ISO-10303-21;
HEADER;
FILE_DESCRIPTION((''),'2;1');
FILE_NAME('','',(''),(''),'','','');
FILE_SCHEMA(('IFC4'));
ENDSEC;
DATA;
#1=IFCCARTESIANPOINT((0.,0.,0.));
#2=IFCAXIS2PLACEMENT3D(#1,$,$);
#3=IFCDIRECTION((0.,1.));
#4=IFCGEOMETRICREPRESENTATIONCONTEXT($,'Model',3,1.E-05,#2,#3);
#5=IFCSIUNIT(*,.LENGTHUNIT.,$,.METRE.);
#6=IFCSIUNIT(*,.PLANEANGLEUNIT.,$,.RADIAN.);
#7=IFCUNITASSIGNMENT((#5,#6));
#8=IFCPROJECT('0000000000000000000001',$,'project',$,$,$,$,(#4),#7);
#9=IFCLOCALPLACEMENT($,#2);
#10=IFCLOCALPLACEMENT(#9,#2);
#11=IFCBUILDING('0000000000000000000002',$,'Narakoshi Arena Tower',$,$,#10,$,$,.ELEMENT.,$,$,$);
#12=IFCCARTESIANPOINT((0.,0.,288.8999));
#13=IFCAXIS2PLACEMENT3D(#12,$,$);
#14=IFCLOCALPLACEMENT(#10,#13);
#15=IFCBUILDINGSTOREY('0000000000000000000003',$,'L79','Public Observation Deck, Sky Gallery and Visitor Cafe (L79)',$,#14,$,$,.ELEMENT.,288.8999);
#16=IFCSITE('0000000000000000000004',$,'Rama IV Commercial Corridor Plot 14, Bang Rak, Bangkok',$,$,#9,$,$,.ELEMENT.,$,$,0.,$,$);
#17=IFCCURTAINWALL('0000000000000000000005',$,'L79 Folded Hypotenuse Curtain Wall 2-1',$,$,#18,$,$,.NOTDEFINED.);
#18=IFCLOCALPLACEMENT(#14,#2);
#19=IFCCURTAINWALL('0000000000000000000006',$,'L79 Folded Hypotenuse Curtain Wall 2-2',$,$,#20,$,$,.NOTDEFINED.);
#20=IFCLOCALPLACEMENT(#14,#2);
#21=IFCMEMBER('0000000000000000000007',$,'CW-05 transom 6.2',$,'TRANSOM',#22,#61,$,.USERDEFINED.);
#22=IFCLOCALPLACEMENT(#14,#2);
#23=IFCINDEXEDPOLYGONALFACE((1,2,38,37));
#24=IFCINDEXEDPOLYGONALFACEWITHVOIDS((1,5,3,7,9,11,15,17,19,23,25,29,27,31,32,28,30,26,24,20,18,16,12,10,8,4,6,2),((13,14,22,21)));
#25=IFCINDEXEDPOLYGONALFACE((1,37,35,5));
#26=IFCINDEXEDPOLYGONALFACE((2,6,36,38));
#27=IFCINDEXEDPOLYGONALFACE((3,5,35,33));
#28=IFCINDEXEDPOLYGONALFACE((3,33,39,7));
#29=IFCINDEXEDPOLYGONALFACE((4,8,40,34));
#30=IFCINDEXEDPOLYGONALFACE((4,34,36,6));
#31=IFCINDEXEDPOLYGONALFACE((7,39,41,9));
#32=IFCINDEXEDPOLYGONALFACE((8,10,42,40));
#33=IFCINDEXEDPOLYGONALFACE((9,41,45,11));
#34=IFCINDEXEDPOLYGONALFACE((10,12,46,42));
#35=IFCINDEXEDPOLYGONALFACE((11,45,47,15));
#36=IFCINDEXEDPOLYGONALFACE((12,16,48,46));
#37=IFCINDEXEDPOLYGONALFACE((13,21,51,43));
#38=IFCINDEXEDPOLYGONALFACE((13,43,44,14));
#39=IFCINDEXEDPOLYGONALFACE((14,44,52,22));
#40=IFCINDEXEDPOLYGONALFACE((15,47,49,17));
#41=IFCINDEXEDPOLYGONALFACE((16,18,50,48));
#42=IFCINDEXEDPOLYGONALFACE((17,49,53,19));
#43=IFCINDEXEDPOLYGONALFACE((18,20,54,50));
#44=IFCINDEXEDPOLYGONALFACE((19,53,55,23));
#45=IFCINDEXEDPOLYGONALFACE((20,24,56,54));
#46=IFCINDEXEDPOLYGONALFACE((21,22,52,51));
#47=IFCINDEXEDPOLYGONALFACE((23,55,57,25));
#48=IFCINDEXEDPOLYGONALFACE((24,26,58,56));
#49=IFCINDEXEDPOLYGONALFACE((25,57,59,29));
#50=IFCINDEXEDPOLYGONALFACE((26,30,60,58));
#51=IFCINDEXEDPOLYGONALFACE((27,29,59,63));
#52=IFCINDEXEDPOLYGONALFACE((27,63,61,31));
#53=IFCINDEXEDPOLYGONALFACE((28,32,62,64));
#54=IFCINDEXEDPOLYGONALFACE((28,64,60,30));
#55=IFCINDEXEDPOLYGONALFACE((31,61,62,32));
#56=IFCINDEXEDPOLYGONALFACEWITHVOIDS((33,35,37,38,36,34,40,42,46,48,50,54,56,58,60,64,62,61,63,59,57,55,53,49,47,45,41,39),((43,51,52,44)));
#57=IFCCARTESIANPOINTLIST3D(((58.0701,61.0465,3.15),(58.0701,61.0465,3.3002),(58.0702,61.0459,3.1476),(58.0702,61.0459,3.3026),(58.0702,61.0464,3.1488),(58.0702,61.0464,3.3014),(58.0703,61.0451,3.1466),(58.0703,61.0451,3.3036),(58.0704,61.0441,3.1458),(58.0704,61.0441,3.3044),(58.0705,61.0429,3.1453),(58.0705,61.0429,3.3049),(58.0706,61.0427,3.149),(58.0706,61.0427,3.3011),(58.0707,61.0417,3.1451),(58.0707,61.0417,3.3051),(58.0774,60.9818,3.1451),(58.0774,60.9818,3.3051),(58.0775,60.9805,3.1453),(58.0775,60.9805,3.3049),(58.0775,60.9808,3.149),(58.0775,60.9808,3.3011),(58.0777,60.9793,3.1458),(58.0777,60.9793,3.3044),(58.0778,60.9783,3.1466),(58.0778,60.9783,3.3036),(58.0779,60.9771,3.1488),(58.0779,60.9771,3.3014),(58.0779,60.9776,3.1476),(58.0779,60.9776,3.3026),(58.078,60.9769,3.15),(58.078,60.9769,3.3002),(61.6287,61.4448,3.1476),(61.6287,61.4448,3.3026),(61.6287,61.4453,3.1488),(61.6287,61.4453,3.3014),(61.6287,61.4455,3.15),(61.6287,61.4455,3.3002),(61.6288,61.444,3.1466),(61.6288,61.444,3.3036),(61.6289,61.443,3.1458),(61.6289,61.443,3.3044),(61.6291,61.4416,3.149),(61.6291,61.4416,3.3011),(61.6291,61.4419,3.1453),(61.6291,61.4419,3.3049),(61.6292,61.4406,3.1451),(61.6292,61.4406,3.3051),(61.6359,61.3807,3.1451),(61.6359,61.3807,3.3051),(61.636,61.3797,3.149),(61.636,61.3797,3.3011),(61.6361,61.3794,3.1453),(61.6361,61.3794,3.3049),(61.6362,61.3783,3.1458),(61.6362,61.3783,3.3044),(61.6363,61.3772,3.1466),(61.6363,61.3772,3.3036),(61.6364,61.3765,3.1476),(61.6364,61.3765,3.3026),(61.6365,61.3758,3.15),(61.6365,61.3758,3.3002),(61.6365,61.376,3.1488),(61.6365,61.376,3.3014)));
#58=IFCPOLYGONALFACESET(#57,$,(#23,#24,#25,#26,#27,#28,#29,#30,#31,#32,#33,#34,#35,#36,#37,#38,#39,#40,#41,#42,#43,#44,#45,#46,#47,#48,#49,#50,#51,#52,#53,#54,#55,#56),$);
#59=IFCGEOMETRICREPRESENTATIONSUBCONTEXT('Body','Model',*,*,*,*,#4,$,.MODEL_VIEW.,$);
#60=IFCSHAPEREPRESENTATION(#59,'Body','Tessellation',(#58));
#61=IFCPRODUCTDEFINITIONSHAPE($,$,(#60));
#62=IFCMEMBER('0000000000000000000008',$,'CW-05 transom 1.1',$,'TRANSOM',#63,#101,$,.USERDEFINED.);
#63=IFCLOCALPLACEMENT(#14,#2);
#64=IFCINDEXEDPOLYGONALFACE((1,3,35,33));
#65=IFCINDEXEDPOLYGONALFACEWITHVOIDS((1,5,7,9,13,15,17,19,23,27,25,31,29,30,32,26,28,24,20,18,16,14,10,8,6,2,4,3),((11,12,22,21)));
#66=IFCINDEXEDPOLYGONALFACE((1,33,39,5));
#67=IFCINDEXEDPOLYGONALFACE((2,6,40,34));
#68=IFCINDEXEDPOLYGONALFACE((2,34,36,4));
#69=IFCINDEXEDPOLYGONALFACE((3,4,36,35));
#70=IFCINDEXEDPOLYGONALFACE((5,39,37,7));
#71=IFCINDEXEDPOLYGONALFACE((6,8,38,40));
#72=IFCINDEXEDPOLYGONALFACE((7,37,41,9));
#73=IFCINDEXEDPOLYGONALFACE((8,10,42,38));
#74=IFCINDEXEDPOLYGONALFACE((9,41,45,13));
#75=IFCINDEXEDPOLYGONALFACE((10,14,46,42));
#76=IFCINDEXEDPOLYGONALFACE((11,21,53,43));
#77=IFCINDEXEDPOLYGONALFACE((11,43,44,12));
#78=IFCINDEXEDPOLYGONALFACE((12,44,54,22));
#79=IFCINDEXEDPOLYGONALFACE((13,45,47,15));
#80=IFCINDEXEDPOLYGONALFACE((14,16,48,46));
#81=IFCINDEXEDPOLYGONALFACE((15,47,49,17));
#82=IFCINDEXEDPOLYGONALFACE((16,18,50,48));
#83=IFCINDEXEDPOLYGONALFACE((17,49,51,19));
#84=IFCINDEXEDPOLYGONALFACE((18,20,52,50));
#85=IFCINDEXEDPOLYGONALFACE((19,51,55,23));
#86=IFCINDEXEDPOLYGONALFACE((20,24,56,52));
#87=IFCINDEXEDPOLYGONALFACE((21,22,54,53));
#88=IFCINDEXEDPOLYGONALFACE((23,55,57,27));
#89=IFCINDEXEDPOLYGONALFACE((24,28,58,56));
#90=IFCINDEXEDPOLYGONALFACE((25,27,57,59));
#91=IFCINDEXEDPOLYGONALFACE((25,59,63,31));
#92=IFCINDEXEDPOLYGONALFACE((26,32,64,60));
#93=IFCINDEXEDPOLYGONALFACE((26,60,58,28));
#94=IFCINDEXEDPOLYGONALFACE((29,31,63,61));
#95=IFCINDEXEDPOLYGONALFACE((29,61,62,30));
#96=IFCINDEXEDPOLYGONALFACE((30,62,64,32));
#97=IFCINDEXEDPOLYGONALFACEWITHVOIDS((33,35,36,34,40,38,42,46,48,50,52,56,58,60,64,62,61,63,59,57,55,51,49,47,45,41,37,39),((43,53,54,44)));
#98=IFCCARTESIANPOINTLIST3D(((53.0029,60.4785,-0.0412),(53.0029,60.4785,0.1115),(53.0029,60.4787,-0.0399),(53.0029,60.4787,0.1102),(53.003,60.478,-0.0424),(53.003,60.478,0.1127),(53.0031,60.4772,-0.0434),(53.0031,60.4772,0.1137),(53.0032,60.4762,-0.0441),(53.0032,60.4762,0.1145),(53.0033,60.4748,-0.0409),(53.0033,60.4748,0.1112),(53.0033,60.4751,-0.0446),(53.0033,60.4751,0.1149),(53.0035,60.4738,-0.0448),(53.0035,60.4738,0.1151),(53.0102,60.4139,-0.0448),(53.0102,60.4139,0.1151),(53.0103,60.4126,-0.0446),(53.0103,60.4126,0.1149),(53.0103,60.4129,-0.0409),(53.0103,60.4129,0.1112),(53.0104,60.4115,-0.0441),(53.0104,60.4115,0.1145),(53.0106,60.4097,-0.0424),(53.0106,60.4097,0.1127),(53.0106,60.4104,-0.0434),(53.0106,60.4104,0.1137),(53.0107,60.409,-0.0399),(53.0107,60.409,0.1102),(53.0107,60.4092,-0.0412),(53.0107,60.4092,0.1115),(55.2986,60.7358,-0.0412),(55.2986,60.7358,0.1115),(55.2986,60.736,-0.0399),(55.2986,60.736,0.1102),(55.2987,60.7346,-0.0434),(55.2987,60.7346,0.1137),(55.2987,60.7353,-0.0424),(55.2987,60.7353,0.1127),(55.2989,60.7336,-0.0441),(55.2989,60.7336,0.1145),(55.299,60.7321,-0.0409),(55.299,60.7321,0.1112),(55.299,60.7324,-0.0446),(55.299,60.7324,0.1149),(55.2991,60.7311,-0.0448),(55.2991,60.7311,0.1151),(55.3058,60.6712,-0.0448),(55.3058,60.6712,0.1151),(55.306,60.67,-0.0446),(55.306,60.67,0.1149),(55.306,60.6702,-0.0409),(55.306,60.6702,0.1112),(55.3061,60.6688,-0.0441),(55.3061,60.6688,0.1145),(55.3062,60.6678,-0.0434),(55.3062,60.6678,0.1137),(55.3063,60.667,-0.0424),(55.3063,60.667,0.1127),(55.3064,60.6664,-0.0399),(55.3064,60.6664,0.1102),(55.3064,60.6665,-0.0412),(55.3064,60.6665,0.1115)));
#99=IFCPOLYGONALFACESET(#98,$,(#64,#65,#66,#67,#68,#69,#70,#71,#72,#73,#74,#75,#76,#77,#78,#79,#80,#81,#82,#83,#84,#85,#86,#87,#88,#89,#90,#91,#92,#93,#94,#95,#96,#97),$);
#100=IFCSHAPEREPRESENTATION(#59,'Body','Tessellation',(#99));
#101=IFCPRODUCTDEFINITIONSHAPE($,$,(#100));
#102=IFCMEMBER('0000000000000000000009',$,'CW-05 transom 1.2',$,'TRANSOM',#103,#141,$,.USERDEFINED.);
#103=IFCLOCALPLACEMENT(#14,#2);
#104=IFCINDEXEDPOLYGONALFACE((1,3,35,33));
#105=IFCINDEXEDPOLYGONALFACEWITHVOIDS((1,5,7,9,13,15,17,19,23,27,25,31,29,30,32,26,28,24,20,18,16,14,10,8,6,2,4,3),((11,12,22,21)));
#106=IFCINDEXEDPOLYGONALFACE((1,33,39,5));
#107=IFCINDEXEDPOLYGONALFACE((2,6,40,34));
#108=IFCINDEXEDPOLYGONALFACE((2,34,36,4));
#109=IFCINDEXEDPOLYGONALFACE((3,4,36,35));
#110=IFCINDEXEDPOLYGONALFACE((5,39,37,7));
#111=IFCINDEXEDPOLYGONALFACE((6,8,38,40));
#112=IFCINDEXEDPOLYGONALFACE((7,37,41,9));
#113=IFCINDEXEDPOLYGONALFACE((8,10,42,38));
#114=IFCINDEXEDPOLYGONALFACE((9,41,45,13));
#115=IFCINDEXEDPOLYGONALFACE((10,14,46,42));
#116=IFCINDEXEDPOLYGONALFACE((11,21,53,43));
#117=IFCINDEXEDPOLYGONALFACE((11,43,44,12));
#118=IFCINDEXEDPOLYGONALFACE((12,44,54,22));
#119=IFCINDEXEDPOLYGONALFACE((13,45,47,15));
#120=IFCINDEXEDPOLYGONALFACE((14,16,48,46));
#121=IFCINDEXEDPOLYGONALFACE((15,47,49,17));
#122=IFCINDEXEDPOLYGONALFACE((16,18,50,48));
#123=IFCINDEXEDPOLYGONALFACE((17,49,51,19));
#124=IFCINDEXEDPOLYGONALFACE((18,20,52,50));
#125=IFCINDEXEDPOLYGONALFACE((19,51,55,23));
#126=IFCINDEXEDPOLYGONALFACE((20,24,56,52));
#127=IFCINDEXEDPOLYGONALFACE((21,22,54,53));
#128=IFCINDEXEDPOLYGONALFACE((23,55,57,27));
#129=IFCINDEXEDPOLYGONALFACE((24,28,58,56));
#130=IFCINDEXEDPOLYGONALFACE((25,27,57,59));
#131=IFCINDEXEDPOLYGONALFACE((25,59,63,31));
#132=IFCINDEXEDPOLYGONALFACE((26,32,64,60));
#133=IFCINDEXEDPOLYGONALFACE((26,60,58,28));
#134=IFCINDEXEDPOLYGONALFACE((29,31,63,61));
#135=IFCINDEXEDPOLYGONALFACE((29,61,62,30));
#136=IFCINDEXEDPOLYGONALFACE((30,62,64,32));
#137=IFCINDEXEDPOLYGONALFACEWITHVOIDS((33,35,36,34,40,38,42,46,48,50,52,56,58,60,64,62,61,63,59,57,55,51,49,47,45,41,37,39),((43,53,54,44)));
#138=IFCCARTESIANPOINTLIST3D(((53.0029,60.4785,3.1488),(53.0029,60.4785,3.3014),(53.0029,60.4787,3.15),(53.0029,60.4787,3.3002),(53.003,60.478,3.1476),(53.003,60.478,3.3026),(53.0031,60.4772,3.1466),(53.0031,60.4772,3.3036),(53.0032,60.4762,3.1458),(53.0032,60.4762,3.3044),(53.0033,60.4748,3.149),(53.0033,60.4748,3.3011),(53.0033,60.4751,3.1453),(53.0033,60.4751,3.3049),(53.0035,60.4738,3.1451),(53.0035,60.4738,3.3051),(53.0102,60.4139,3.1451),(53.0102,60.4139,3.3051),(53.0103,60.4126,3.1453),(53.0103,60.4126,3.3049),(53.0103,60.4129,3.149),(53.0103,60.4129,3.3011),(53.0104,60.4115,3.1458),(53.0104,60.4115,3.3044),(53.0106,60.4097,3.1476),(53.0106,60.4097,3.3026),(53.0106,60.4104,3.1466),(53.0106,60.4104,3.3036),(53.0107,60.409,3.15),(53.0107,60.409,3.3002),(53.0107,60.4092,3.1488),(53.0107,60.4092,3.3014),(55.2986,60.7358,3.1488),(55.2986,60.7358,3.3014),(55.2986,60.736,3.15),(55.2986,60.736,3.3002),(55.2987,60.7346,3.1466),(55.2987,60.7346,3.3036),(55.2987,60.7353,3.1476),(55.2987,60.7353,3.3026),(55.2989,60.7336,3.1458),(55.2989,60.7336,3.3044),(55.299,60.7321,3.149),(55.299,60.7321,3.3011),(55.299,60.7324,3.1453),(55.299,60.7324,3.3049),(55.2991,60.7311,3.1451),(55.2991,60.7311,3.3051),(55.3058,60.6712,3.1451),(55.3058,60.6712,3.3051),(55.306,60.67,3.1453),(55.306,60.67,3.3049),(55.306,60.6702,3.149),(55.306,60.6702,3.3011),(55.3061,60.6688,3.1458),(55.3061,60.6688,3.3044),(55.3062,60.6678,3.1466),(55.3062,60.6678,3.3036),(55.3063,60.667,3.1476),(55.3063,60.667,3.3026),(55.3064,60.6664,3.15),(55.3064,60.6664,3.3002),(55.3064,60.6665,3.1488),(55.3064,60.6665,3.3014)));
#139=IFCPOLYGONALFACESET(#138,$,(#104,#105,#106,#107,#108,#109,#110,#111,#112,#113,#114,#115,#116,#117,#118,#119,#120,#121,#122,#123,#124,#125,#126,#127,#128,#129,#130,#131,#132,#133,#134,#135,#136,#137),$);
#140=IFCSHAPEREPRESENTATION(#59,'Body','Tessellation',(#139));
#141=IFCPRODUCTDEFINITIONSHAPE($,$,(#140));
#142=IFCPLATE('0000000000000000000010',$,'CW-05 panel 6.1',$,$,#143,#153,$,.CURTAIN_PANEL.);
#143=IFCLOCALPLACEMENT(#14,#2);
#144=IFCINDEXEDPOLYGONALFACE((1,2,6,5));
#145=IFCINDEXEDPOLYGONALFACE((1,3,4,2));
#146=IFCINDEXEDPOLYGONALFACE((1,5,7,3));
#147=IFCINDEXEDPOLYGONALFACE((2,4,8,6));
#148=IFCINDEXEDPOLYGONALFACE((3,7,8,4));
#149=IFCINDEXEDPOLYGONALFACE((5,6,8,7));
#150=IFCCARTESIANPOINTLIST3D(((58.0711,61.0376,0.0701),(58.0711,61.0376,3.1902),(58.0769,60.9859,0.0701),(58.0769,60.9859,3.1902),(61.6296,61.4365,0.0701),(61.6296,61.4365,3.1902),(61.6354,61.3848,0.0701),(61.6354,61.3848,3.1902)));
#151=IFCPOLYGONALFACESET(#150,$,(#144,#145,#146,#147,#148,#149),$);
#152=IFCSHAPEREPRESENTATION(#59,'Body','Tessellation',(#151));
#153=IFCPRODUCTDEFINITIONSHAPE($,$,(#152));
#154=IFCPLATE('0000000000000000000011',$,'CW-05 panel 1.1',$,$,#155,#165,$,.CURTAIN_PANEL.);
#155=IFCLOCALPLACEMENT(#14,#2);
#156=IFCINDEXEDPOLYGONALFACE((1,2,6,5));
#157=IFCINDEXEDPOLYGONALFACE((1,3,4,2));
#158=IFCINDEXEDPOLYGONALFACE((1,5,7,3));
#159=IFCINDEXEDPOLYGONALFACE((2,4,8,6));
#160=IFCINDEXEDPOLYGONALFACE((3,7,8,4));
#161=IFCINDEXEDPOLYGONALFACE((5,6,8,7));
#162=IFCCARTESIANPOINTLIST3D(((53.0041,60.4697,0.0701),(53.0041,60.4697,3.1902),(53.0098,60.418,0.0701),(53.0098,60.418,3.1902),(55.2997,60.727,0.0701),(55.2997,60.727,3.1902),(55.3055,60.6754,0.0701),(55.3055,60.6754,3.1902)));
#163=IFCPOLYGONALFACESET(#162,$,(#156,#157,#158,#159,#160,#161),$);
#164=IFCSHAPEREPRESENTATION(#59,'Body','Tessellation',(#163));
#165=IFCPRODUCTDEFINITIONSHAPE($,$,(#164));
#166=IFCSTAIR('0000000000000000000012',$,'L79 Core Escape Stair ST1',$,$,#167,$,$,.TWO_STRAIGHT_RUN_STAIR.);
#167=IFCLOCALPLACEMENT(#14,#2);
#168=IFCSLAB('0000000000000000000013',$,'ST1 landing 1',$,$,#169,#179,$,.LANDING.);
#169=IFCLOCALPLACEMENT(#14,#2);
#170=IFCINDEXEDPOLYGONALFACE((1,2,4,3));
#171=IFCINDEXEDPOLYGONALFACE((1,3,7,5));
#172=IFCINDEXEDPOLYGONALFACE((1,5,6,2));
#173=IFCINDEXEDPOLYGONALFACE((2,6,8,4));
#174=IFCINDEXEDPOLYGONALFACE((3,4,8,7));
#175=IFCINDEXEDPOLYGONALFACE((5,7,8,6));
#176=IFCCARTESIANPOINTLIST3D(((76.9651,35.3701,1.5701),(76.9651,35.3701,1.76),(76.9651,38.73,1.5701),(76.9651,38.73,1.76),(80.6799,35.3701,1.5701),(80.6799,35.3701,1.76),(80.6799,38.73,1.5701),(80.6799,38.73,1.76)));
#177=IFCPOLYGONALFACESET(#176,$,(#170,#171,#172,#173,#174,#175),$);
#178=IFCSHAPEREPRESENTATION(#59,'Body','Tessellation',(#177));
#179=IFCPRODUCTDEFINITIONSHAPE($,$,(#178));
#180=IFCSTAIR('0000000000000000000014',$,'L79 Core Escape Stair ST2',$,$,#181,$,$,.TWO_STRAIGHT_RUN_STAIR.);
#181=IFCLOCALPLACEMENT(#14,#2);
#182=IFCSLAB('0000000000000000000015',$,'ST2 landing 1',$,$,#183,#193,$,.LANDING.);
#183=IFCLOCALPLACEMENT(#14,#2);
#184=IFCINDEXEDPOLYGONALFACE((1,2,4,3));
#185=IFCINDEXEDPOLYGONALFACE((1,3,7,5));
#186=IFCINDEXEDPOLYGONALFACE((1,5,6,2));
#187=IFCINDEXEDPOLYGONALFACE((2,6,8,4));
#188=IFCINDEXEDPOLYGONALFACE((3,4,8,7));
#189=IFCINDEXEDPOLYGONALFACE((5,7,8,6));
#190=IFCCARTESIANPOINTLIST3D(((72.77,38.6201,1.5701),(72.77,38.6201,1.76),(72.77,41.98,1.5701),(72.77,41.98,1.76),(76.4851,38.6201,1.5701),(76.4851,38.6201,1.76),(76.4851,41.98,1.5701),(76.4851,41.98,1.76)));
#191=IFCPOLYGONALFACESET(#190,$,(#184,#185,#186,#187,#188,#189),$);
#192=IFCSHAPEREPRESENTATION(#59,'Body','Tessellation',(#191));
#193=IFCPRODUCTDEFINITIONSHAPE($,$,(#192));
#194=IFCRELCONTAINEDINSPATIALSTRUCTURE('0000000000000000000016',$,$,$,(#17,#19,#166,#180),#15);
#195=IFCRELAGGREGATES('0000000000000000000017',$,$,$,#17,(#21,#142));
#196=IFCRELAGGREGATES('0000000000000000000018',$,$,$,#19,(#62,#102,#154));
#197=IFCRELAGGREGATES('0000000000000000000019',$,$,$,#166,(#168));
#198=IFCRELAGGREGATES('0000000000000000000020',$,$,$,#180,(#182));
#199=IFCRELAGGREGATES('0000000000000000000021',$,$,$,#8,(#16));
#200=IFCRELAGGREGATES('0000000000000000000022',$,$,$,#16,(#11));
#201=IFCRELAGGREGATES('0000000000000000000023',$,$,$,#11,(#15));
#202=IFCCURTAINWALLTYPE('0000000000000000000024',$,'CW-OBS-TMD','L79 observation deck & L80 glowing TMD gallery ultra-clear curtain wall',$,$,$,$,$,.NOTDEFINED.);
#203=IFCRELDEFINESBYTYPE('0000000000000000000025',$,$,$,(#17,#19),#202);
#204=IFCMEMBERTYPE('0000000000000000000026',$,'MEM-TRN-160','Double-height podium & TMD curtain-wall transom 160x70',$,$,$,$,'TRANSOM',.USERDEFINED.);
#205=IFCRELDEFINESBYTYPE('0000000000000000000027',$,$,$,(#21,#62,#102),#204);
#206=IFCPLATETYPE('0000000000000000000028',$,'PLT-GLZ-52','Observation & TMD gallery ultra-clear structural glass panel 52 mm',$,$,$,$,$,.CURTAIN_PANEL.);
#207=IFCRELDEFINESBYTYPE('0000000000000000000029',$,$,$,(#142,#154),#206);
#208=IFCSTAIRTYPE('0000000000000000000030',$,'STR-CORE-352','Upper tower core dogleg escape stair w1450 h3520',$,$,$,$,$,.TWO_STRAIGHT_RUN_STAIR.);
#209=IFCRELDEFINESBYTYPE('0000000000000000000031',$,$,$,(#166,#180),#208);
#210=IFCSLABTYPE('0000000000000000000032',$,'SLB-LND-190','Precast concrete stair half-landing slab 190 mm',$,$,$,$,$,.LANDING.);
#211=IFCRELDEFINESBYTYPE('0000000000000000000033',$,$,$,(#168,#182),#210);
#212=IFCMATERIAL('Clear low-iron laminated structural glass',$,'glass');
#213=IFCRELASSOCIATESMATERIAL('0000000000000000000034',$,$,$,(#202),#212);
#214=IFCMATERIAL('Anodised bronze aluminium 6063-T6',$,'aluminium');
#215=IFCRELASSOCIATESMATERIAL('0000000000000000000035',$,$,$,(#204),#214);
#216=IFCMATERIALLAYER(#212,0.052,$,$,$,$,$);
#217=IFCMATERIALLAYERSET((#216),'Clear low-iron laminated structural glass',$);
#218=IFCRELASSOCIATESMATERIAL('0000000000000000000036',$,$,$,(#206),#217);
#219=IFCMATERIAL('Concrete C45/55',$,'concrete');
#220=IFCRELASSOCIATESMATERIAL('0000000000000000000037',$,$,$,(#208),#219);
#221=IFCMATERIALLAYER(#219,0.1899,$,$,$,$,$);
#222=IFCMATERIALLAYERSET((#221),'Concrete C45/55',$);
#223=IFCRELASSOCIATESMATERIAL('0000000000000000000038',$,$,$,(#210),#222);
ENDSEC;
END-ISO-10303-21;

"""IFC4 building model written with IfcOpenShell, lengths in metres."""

from ifc_helpers import new_model, si_unit, direction, frame, origin, origin_2d, place, context, subcontext, project, spatial, polyline, rectangle, hollow_rectangle, outline, extrude, material, layer, layer_set, material_profile, profile_set, type_object, element, aggregate, save


model = new_model("IFC4")

# Units and contexts
model_context = context("Model", 3, precision=1e-05, world=origin(), true_north=direction((0.0, 1.0)))
body_context = subcontext(model_context, "Body", "Model", "MODEL_VIEW")
ifc_project = project(units=[si_unit("LENGTHUNIT", "METRE"), si_unit("PLANEANGLEUNIT", "RADIAN")], contexts=[model_context])

# Site, building, storey
site_placement = place(None, origin())
site = spatial("IfcSite", under=ifc_project, at=site_placement, Name="Rama IV Commercial Corridor Plot 14, Bang Rak, Bangkok", CompositionType="ELEMENT", RefElevation=0.0)
building_placement = place(site_placement, origin())
building = spatial("IfcBuilding", under=site, at=building_placement, Name="Narakoshi Arena Tower", CompositionType="ELEMENT")
storey_placement = place(building_placement, frame((0.0, 0.0, 288.8999)))
storey = spatial("IfcBuildingStorey", under=building, at=storey_placement, Name="L79", Description="Public Observation Deck, Sky Gallery and Visitor Cafe (L79)", CompositionType="ELEMENT", Elevation=288.8999)

# Curtain wall
ifc_material_1 = material(Name="Clear low-iron laminated structural glass", Category="glass")
curtain_wall_type = type_object("IfcCurtainWallType", Name="CW-OBS-TMD", Description="L79 observation deck & L80 glowing TMD gallery ultra-clear curtain wall", PredefinedType="NOTDEFINED", material=ifc_material_1)
curtain_wall_1_placement = place(storey_placement, origin())
curtain_wall_1 = element("IfcCurtainWall", 1, at=curtain_wall_1_placement, inside=storey, type_object=curtain_wall_type, Name="L79 Folded Hypotenuse Curtain Wall 2-1", PredefinedType="NOTDEFINED")
ifc_material_2 = material(Name="Anodised bronze aluminium 6063-T6", Category="aluminium")

# Curtain wall
curtain_wall_2_placement = place(storey_placement, origin())
curtain_wall_2 = element("IfcCurtainWall", 2, at=curtain_wall_2_placement, inside=storey, type_object=curtain_wall_type, Name="L79 Folded Hypotenuse Curtain Wall 2-2", PredefinedType="NOTDEFINED")

# Members
ifc_material_profile_1 = material_profile(ifc_material_2, hollow_rectangle(XDim=0.0701, YDim=0.1599, WallThickness=0.0039, OuterFilletRadius=0.0049, at=origin_2d()), Name="TRN160x70x4")
ifc_profile_set_1 = profile_set([ifc_material_profile_1], Name="Anodised bronze aluminium 6063-T6")
member_type_1 = type_object("IfcMemberType", Name="MEM-TRN-160", Description="Double-height podium & TMD curtain-wall transom 160x70", ElementType="TRANSOM", PredefinedType="USERDEFINED", material=ifc_profile_set_1)
member_1_placement = place(storey_placement, frame((61.6326, 61.4106, 3.2251), z_axis=(-0.993775, -0.111404, 0.0), x_axis=(0.111404, -0.993775, 0.0)))
member_1 = element("IfcMember", 3, at=member_1_placement, type_object=member_type_1, Name="CW-05 transom 6.2", ObjectType="TRANSOM", PredefinedType="USERDEFINED", context=body_context, shape_type="SweptSolid", body=[
    extrude(hollow_rectangle(XDim=0.0701, YDim=0.1599, WallThickness=0.0039, OuterFilletRadius=0.0049, at=origin_2d()), origin(), (0.0, 0.0, 1.0), 3.5808),
])
member_2_placement = place(storey_placement, frame((55.3025, 60.7012, 0.0352), z_axis=(-0.993776, -0.111394, 0.0), x_axis=(0.111394, -0.993776, 0.0)))
member_2 = element("IfcMember", 4, at=member_2_placement, type_object=member_type_1, Name="CW-05 transom 1.1", ObjectType="TRANSOM", PredefinedType="USERDEFINED", context=body_context, shape_type="SweptSolid", body=[
    extrude(hollow_rectangle(XDim=0.0701, YDim=0.1599, WallThickness=0.0039, OuterFilletRadius=0.0049, at=origin_2d()), origin(), (0.0, 0.0, 1.0), 2.3101),
])
member_3_placement = place(storey_placement, frame((55.3025, 60.7012, 3.2251), z_axis=(-0.993776, -0.111394, 0.0), x_axis=(0.111394, -0.993776, 0.0)))
member_3 = element("IfcMember", 5, at=member_3_placement, type_object=member_type_1, Name="CW-05 transom 1.2", ObjectType="TRANSOM", PredefinedType="USERDEFINED", context=body_context, shape_type="SweptSolid", body=[
    extrude(hollow_rectangle(XDim=0.0701, YDim=0.1599, WallThickness=0.0039, OuterFilletRadius=0.0049, at=origin_2d()), origin(), (0.0, 0.0, 1.0), 2.3101),
])

# Plates
ifc_layer_1 = layer(ifc_material_1, 0.052)
ifc_layer_set_1 = layer_set([ifc_layer_1], Name="Clear low-iron laminated structural glass")
plate_type = type_object("IfcPlateType", Name="PLT-GLZ-52", Description="Observation & TMD gallery ultra-clear structural glass panel 52 mm", PredefinedType="CURTAIN_PANEL", material=ifc_layer_set_1)
plate_1_placement = place(storey_placement, frame((59.8533, 61.2112, 0.0701), z_axis=(0.0, 0.0, 1.0), x_axis=(-0.993776, -0.111397, 0.0)))
plate_1 = element("IfcPlate", 6, at=plate_1_placement, type_object=plate_type, Name="CW-05 panel 6.1", PredefinedType="CURTAIN_PANEL", context=body_context, shape_type="SweptSolid", body=[
    extrude(rectangle(XDim=3.5808, YDim=0.052, at=origin_2d()), origin(), (0.0, 0.0, 1.0), 3.1201),
])
aggregate(curtain_wall_1, [member_1, plate_1])
plate_2_placement = place(storey_placement, frame((54.1548, 60.5725, 0.0701), z_axis=(0.0, 0.0, 1.0), x_axis=(-0.993774, -0.111418, 0.0)))
plate_2 = element("IfcPlate", 7, at=plate_2_placement, type_object=plate_type, Name="CW-05 panel 1.1", PredefinedType="CURTAIN_PANEL", context=body_context, shape_type="SweptSolid", body=[
    extrude(rectangle(XDim=2.3101, YDim=0.052, at=origin_2d()), origin(), (0.0, 0.0, 1.0), 3.1201),
])
aggregate(curtain_wall_2, [member_2, member_3, plate_2])

# Stairs, slabs
ifc_material_3 = material(Name="Concrete C45/55", Category="concrete")
stair_type = type_object("IfcStairType", Name="STR-CORE-352", Description="Upper tower core dogleg escape stair w1450 h3520", PredefinedType="TWO_STRAIGHT_RUN_STAIR", material=ifc_material_3)
stair_1_placement = place(storey_placement, origin())
stair_1 = element("IfcStair", 8, at=stair_1_placement, inside=storey, type_object=stair_type, Name="L79 Core Escape Stair ST1", PredefinedType="TWO_STRAIGHT_RUN_STAIR")
ifc_layer_2 = layer(ifc_material_3, 0.1899)
ifc_layer_set_2 = layer_set([ifc_layer_2], Name="Concrete C45/55")
slab_type_1 = type_object("IfcSlabType", Name="SLB-LND-190", Description="Precast concrete stair half-landing slab 190 mm", PredefinedType="LANDING", material=ifc_layer_set_2)
slab_1_placement = place(storey_placement, frame((0.0, 0.0, 1.5701)))
slab_1 = element("IfcSlab", 9, at=slab_1_placement, type_object=slab_type_1, Name="ST1 landing 1", PredefinedType="LANDING", context=body_context, shape_type="SweptSolid", body=[
    extrude(outline(polyline([(76.9651, 35.3701), (80.6799, 35.3701), (80.6799, 38.73), (76.9651, 38.73), (76.9651, 35.3701)])), origin(), (0.0, 0.0, 1.0), 0.1899),
])
aggregate(stair_1, [slab_1])
stair_2_placement = place(storey_placement, origin())
stair_2 = element("IfcStair", 10, at=stair_2_placement, inside=storey, type_object=stair_type, Name="L79 Core Escape Stair ST2", PredefinedType="TWO_STRAIGHT_RUN_STAIR")
slab_2_placement = place(storey_placement, frame((0.0, 0.0, 1.5701)))
slab_2 = element("IfcSlab", 11, at=slab_2_placement, type_object=slab_type_1, Name="ST2 landing 1", PredefinedType="LANDING", context=body_context, shape_type="SweptSolid", body=[
    extrude(outline(polyline([(72.77, 38.6201), (76.4851, 38.6201), (76.4851, 41.98), (72.77, 41.98), (72.77, 38.6201)])), origin(), (0.0, 0.0, 1.0), 0.1899),
])
aggregate(stair_2, [slab_2])

save(model, "model.ifc")
